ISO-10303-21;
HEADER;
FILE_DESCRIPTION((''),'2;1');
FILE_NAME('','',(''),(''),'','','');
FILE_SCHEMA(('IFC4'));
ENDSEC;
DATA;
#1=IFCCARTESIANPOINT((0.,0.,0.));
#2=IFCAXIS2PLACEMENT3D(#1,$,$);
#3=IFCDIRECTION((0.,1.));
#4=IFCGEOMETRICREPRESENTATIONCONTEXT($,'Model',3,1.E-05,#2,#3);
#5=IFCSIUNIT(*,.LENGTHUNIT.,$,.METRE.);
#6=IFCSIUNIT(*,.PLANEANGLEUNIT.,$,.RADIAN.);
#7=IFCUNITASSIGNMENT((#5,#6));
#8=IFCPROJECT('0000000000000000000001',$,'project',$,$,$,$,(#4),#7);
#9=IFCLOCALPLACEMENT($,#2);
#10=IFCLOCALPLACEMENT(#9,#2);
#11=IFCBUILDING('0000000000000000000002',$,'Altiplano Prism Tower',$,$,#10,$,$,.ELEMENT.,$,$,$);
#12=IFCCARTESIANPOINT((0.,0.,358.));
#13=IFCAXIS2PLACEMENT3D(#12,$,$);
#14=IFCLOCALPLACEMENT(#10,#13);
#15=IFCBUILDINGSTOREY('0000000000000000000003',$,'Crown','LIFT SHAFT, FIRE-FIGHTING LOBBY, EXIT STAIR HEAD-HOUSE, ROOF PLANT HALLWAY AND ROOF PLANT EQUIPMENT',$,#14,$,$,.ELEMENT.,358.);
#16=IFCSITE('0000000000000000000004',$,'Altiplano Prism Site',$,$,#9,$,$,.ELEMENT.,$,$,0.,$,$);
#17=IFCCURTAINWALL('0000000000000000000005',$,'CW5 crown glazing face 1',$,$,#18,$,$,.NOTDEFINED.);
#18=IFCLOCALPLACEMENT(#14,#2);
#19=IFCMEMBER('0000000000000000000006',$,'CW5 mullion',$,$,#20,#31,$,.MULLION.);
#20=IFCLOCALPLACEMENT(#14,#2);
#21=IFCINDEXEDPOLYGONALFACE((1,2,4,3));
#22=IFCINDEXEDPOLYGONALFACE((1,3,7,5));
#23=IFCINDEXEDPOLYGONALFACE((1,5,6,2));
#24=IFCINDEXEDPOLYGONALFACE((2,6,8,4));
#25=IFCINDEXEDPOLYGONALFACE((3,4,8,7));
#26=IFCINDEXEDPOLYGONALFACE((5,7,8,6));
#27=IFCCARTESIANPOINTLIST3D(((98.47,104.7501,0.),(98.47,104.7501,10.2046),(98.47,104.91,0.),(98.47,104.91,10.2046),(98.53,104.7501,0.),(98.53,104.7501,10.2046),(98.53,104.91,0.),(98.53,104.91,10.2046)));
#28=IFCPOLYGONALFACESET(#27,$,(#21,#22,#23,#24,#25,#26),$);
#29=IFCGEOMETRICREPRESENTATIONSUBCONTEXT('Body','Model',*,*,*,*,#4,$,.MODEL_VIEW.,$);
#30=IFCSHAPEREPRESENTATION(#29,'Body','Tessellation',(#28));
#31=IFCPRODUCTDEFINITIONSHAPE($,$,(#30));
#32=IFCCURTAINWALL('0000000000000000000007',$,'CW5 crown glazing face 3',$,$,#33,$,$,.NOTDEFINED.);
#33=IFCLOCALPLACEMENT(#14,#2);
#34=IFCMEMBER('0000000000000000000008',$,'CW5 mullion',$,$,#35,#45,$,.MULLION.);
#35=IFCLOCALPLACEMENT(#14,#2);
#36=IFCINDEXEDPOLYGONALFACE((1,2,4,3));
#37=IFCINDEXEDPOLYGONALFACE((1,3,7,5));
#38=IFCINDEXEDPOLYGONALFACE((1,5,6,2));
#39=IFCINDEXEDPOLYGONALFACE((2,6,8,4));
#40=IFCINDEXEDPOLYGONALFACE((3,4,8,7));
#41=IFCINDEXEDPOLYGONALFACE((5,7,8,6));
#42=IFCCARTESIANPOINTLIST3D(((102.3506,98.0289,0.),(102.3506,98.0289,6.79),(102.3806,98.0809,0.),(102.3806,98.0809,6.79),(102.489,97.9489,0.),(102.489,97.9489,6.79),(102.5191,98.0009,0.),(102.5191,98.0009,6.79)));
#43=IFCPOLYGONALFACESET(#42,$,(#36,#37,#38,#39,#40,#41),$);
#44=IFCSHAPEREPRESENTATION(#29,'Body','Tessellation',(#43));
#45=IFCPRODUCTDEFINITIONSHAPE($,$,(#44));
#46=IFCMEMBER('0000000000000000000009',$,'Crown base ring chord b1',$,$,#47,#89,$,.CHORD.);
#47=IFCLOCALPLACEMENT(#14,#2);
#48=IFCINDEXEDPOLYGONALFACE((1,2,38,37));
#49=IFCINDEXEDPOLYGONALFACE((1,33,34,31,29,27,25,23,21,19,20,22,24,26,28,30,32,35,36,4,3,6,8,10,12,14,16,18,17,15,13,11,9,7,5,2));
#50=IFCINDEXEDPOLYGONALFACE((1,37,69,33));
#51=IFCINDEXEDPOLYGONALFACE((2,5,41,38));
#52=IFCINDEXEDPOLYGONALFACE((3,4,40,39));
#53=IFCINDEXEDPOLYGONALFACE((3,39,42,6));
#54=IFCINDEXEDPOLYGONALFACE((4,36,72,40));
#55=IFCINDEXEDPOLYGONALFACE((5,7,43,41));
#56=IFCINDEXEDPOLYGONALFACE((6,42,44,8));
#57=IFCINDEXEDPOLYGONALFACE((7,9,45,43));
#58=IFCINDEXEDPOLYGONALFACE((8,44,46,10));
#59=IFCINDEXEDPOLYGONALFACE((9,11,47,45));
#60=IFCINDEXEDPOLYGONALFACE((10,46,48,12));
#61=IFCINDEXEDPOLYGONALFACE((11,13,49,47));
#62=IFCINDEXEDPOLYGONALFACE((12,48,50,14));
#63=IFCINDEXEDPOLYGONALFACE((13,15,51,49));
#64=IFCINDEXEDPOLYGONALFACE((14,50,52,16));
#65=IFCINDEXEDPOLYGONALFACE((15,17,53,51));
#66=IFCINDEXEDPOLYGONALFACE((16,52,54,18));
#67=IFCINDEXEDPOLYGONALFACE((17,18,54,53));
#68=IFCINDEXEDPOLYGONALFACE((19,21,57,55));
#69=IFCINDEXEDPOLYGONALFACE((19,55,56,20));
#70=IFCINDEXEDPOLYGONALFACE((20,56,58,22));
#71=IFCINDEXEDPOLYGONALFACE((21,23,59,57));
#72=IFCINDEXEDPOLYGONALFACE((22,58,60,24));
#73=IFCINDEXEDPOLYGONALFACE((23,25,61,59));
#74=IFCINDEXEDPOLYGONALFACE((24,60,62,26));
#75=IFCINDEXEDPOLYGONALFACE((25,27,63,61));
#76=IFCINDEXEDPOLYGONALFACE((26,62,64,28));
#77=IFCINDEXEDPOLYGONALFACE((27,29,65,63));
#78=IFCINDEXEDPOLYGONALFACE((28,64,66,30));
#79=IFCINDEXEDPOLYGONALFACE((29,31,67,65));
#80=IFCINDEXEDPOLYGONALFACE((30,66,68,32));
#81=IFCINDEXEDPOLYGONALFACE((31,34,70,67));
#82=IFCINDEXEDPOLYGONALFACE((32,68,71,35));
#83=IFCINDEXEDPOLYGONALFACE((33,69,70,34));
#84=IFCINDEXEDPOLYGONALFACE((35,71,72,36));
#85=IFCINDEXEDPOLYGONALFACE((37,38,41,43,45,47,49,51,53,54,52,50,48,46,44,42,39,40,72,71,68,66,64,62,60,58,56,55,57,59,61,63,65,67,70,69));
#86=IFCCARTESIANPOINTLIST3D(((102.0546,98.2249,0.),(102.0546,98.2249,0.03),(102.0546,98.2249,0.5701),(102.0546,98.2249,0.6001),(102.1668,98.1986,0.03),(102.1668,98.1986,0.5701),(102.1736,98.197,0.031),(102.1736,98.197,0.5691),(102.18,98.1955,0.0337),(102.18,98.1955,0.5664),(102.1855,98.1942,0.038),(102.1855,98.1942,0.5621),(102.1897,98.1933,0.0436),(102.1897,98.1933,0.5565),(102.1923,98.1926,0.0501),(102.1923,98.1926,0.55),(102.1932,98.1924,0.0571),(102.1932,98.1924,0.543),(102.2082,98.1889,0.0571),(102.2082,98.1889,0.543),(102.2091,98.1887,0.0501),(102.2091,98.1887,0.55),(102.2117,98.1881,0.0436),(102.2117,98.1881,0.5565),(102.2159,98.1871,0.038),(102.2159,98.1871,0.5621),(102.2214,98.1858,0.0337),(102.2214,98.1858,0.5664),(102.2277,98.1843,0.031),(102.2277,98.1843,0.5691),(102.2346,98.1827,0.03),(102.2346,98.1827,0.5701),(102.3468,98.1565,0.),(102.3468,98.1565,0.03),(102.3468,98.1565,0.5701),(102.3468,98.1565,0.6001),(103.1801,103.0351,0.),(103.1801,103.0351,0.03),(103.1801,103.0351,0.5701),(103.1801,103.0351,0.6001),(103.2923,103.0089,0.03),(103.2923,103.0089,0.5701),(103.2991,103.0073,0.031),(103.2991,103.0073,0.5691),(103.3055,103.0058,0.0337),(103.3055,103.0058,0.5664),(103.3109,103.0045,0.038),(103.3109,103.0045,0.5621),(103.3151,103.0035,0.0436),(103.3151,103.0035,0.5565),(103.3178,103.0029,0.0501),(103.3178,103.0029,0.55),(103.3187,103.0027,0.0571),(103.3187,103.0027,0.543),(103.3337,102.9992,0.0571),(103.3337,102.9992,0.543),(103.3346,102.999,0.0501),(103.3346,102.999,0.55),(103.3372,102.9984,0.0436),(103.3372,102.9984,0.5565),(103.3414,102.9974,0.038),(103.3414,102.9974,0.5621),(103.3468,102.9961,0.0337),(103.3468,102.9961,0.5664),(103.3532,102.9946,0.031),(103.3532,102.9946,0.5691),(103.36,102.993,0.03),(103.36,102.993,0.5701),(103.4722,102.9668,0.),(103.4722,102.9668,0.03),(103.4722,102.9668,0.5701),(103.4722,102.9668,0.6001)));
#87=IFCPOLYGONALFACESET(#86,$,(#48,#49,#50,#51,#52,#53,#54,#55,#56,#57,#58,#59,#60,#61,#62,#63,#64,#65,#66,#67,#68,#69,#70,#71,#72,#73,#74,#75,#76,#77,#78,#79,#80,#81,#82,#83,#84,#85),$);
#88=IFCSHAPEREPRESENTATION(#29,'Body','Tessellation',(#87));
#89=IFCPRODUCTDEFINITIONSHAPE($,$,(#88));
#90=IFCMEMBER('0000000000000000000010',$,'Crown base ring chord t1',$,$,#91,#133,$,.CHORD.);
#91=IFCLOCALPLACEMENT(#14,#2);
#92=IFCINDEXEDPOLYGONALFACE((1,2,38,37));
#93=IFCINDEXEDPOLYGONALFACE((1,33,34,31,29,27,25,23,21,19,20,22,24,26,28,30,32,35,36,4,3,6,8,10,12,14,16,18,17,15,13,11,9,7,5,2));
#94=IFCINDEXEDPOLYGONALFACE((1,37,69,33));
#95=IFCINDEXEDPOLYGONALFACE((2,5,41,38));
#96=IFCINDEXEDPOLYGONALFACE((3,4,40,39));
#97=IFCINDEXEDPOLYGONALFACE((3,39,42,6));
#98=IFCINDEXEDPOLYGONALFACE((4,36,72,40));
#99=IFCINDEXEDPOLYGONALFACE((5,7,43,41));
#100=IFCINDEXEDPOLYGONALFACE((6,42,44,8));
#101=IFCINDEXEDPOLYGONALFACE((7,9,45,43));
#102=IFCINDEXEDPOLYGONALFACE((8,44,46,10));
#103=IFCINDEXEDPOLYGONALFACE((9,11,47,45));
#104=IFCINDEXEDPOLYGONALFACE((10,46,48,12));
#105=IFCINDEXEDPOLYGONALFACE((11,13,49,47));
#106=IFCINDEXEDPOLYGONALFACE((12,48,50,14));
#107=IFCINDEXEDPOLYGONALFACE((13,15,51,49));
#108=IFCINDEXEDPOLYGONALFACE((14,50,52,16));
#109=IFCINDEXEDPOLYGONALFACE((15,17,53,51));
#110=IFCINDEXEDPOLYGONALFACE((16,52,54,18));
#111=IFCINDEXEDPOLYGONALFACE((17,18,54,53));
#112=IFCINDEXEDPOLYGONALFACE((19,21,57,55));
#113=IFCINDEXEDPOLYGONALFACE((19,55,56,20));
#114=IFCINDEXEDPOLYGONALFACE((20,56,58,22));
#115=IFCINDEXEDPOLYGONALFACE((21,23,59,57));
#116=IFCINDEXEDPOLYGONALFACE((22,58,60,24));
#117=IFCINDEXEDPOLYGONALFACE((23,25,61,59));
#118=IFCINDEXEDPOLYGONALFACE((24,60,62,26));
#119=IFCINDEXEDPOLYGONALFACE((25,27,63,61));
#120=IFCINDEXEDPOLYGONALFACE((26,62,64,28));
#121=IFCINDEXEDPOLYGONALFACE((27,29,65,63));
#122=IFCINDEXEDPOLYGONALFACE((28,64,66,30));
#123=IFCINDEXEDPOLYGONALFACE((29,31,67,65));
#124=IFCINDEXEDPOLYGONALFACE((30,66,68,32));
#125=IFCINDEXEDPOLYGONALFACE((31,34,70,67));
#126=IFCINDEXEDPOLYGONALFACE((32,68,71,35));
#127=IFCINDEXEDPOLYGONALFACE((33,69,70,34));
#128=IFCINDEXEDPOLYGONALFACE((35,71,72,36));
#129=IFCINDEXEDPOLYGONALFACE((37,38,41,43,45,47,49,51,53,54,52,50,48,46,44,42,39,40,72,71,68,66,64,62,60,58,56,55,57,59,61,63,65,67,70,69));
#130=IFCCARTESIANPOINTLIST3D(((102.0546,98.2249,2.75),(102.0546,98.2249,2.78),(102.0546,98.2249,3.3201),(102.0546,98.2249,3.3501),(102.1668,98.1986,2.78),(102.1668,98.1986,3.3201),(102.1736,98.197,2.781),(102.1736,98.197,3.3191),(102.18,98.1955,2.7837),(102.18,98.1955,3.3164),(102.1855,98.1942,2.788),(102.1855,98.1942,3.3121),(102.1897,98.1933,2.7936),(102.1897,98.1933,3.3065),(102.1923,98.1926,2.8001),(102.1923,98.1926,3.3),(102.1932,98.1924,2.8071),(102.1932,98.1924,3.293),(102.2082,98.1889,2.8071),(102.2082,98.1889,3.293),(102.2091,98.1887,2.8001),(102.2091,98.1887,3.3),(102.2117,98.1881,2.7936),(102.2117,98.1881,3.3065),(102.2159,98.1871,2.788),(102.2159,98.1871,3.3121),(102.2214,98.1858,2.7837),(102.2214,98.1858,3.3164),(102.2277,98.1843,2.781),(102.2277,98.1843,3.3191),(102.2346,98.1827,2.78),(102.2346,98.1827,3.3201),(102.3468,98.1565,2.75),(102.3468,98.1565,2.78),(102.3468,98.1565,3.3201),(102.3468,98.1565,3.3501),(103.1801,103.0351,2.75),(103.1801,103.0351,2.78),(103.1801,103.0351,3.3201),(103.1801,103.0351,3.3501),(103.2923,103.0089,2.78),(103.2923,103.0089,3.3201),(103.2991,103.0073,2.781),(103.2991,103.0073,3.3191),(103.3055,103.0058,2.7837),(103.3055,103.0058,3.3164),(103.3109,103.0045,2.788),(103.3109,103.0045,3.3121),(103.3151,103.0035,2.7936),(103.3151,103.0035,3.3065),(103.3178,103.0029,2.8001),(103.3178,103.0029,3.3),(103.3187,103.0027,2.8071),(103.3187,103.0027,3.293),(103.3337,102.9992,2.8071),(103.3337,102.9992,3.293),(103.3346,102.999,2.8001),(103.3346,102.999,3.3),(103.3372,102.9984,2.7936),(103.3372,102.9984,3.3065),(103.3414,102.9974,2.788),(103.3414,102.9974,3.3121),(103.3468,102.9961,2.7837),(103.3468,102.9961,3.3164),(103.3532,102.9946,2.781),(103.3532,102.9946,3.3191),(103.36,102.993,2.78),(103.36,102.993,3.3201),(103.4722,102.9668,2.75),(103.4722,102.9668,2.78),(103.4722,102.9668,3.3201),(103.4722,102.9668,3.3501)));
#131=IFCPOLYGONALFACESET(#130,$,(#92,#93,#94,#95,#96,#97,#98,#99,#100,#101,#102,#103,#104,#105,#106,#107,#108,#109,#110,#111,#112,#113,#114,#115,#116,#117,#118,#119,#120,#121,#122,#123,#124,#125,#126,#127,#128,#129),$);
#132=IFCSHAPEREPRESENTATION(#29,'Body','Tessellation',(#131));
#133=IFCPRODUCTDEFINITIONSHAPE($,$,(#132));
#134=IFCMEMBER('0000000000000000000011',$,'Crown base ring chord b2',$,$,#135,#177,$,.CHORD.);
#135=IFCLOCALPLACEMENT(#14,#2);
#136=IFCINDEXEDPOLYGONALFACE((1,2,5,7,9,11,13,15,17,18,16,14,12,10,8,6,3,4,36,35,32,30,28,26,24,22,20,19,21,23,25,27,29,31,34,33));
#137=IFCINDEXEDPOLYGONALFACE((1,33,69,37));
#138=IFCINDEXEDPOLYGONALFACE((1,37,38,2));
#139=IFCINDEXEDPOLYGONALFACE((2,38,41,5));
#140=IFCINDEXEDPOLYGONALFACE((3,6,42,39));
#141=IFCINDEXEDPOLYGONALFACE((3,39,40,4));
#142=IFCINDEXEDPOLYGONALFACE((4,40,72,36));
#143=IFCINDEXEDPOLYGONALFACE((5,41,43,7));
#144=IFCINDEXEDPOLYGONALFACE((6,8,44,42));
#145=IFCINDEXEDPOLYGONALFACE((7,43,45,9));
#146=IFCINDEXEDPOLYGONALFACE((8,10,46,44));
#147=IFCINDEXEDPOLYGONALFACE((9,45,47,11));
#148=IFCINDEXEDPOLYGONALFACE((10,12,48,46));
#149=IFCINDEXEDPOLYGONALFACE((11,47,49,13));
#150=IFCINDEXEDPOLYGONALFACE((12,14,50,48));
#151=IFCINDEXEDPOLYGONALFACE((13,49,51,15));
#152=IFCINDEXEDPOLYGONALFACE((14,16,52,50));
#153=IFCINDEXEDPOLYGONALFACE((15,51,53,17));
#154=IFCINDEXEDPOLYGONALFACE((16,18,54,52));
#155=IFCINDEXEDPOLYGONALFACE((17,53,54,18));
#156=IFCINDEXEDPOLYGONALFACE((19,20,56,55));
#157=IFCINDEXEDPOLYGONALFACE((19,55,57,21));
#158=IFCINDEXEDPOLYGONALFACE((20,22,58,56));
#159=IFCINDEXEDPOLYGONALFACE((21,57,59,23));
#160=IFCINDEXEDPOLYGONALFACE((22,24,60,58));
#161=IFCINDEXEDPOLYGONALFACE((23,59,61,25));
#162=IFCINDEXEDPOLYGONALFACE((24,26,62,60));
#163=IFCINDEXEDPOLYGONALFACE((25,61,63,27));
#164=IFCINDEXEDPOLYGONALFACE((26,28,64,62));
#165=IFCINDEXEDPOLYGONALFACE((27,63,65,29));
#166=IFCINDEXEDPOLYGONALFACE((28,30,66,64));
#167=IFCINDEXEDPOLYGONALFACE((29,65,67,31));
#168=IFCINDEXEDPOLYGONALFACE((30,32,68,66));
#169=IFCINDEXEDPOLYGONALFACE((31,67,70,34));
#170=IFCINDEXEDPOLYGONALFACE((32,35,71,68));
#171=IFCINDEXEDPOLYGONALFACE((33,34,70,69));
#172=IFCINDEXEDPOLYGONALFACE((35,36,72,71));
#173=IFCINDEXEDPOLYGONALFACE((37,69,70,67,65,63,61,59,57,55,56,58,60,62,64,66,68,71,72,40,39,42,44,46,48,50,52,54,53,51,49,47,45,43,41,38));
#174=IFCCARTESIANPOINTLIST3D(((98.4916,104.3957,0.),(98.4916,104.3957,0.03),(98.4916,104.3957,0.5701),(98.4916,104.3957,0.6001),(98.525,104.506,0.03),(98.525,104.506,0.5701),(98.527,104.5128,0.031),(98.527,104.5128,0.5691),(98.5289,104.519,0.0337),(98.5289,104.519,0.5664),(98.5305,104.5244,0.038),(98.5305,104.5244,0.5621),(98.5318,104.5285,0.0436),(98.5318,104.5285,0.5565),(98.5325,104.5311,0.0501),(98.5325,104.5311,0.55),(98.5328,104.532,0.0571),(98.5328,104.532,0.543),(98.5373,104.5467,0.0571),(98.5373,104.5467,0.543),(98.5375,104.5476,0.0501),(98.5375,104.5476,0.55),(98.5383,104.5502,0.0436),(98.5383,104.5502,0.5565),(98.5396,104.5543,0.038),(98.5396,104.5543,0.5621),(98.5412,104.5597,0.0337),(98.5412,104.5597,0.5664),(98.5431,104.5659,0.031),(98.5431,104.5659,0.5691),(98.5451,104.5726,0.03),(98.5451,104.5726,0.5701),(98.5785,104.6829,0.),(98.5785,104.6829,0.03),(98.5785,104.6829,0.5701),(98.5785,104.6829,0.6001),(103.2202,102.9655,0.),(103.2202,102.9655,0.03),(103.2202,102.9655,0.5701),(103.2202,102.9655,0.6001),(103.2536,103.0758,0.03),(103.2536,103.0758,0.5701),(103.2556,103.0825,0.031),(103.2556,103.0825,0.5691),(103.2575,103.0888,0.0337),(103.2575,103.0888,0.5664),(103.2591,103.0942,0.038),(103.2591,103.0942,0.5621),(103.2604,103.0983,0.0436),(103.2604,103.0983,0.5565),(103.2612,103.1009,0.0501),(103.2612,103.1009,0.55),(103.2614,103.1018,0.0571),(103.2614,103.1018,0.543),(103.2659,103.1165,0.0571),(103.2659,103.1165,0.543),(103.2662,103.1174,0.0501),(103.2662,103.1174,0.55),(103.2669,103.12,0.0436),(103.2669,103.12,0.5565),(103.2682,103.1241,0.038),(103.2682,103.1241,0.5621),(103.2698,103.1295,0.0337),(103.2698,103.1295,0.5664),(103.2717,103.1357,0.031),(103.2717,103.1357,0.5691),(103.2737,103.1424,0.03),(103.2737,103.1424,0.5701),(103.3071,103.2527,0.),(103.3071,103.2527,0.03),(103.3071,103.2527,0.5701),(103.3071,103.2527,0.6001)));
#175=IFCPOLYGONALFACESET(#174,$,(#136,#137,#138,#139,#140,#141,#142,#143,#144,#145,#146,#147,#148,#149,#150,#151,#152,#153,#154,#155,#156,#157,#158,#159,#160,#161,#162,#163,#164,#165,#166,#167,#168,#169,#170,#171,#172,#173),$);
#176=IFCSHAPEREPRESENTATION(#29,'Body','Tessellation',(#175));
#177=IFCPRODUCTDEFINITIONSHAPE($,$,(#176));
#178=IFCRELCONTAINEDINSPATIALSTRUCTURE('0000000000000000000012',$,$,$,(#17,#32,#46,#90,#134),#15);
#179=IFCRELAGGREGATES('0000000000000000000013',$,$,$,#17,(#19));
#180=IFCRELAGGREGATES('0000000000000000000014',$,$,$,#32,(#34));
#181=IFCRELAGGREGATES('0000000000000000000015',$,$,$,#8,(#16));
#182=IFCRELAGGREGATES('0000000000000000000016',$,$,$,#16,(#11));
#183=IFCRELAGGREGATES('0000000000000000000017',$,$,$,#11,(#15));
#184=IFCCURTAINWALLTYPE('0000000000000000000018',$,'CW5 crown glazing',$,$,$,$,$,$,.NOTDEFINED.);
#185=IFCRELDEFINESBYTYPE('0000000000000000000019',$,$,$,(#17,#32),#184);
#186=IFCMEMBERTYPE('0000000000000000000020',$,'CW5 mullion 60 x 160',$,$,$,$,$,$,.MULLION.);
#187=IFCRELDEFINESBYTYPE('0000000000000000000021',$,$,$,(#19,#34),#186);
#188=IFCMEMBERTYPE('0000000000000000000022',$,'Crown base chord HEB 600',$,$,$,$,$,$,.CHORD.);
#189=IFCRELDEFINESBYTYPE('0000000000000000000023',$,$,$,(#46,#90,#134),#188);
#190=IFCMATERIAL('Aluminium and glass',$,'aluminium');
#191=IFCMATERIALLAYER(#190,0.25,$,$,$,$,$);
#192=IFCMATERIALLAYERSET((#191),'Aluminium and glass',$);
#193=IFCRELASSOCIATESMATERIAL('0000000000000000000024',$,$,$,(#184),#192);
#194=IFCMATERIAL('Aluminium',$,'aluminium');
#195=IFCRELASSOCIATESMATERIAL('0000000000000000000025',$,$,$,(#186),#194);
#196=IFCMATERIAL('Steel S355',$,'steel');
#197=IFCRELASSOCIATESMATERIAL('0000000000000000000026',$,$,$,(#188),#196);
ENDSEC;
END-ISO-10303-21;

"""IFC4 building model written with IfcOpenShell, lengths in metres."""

from ifc_helpers import new_model, si_unit, direction, frame, origin, origin_2d, place, context, subcontext, project, spatial, rectangle, i_section, extrude, material, layer, layer_set, material_profile, profile_set, type_object, element, aggregate, save


model = new_model("IFC4")

# Units and contexts
model_context = context("Model", 3, precision=1e-05, world=origin(), true_north=direction((0.0, 1.0)))
body_context = subcontext(model_context, "Body", "Model", "MODEL_VIEW")
ifc_project = project(units=[si_unit("LENGTHUNIT", "METRE"), si_unit("PLANEANGLEUNIT", "RADIAN")], contexts=[model_context])

# Site, building, storey
site_placement = place(None, origin())
site = spatial("IfcSite", under=ifc_project, at=site_placement, Name="Altiplano Prism Site", CompositionType="ELEMENT", RefElevation=0.0)
building_placement = place(site_placement, origin())
building = spatial("IfcBuilding", under=site, at=building_placement, Name="Altiplano Prism Tower", CompositionType="ELEMENT")
storey_placement = place(building_placement, frame((0.0, 0.0, 358.0)))
storey = spatial("IfcBuildingStorey", under=building, at=storey_placement, Name="Crown", Description="LIFT SHAFT, FIRE-FIGHTING LOBBY, EXIT STAIR HEAD-HOUSE, ROOF PLANT HALLWAY AND ROOF PLANT EQUIPMENT", CompositionType="ELEMENT", Elevation=358.0)

# Curtain walls, members
ifc_material_1 = material(Name="Aluminium and glass", Category="aluminium")
ifc_layer_1 = layer(ifc_material_1, 0.25)
ifc_layer_set_1 = layer_set([ifc_layer_1], Name="Aluminium and glass")
curtain_wall_type = type_object("IfcCurtainWallType", Name="CW5 crown glazing", PredefinedType="NOTDEFINED", material=ifc_layer_set_1)
curtain_wall_1_placement = place(storey_placement, origin())
curtain_wall_1 = element("IfcCurtainWall", 1, at=curtain_wall_1_placement, inside=storey, type_object=curtain_wall_type, Name="CW5 crown glazing face 1", PredefinedType="NOTDEFINED")
ifc_material_2 = material(Name="Aluminium", Category="aluminium")
ifc_material_profile_1 = material_profile(ifc_material_2, rectangle(XDim=0.1599, YDim=0.0601, at=origin_2d()), Name="CW5 mullion 60 x 160")
ifc_profile_set_1 = profile_set([ifc_material_profile_1], Name="Aluminium")
member_type_1 = type_object("IfcMemberType", Name="CW5 mullion 60 x 160", PredefinedType="MULLION", material=ifc_profile_set_1)
member_1_placement = place(storey_placement, frame((98.5, 104.8301, 0.0), z_axis=(0.0, 0.0, 1.0), x_axis=(0.0, -1.0, 0.0)))
member_1 = element("IfcMember", 2, at=member_1_placement, type_object=member_type_1, Name="CW5 mullion", PredefinedType="MULLION", context=body_context, shape_type="SweptSolid", body=[
    extrude(rectangle(XDim=0.1599, YDim=0.0601, at=origin_2d()), origin(), (0.0, 0.0, 1.0), 10.2046),
])
curtain_wall_2_placement = place(storey_placement, origin())
curtain_wall_2 = element("IfcCurtainWall", 3, at=curtain_wall_2_placement, inside=storey, type_object=curtain_wall_type, Name="CW5 crown glazing face 3", PredefinedType="NOTDEFINED")
member_2_placement = place(storey_placement, frame((102.4348, 98.0149, 0.0), z_axis=(0.0, 0.0, 1.0), x_axis=(-0.866025, 0.5, 0.0)))
member_2 = element("IfcMember", 4, at=member_2_placement, type_object=member_type_1, Name="CW5 mullion", PredefinedType="MULLION", context=body_context, shape_type="SweptSolid", body=[
    extrude(rectangle(XDim=0.1599, YDim=0.0601, at=origin_2d()), origin(), (0.0, 0.0, 1.0), 6.79),
])

# Members
ifc_material_3 = material(Name="Steel S355", Category="steel")
ifc_material_profile_2 = material_profile(ifc_material_3, i_section(OverallWidth=0.3, OverallDepth=0.6001, WebThickness=0.0154, FlangeThickness=0.03, FilletRadius=0.0271, at=origin_2d()), Name="Crown base chord HEB 600")
ifc_profile_set_2 = profile_set([ifc_material_profile_2], Name="Steel S355")
member_type_2 = type_object("IfcMemberType", Name="Crown base chord HEB 600", PredefinedType="CHORD", material=ifc_profile_set_2)
for number, where, z_axis, x_axis, name in (
    (5, (102.2007, 98.1907, 0.3), (0.227822, 0.973703, 0.0), (-0.973703, 0.227822, 0.0), "Crown base ring chord b1"),
    (6, (102.2007, 98.1907, 3.05), (0.227822, 0.973703, 0.0), (-0.973703, 0.227822, 0.0), "Crown base ring chord t1"),
    (7, (103.2637, 103.1091, 0.3), (-0.957176, 0.289505, 0.0), (-0.289505, -0.957176, 0.0), "Crown base ring chord b2"),
):
    element("IfcMember", number, at=place(storey_placement, frame(where, z_axis=z_axis, x_axis=x_axis)), inside=storey, type_object=member_type_2, Name=name, PredefinedType="CHORD", context=body_context, shape_type="SweptSolid", body=[
        extrude(i_section(OverallWidth=0.3, OverallDepth=0.6001, WebThickness=0.0154, FlangeThickness=0.03, FilletRadius=0.0271, at=origin_2d()), origin(), (0.0, 0.0, 1.0), 4.9402),
    ])

aggregate(curtain_wall_1, [member_1])
aggregate(curtain_wall_2, [member_2])

save(model, "model.ifc")
